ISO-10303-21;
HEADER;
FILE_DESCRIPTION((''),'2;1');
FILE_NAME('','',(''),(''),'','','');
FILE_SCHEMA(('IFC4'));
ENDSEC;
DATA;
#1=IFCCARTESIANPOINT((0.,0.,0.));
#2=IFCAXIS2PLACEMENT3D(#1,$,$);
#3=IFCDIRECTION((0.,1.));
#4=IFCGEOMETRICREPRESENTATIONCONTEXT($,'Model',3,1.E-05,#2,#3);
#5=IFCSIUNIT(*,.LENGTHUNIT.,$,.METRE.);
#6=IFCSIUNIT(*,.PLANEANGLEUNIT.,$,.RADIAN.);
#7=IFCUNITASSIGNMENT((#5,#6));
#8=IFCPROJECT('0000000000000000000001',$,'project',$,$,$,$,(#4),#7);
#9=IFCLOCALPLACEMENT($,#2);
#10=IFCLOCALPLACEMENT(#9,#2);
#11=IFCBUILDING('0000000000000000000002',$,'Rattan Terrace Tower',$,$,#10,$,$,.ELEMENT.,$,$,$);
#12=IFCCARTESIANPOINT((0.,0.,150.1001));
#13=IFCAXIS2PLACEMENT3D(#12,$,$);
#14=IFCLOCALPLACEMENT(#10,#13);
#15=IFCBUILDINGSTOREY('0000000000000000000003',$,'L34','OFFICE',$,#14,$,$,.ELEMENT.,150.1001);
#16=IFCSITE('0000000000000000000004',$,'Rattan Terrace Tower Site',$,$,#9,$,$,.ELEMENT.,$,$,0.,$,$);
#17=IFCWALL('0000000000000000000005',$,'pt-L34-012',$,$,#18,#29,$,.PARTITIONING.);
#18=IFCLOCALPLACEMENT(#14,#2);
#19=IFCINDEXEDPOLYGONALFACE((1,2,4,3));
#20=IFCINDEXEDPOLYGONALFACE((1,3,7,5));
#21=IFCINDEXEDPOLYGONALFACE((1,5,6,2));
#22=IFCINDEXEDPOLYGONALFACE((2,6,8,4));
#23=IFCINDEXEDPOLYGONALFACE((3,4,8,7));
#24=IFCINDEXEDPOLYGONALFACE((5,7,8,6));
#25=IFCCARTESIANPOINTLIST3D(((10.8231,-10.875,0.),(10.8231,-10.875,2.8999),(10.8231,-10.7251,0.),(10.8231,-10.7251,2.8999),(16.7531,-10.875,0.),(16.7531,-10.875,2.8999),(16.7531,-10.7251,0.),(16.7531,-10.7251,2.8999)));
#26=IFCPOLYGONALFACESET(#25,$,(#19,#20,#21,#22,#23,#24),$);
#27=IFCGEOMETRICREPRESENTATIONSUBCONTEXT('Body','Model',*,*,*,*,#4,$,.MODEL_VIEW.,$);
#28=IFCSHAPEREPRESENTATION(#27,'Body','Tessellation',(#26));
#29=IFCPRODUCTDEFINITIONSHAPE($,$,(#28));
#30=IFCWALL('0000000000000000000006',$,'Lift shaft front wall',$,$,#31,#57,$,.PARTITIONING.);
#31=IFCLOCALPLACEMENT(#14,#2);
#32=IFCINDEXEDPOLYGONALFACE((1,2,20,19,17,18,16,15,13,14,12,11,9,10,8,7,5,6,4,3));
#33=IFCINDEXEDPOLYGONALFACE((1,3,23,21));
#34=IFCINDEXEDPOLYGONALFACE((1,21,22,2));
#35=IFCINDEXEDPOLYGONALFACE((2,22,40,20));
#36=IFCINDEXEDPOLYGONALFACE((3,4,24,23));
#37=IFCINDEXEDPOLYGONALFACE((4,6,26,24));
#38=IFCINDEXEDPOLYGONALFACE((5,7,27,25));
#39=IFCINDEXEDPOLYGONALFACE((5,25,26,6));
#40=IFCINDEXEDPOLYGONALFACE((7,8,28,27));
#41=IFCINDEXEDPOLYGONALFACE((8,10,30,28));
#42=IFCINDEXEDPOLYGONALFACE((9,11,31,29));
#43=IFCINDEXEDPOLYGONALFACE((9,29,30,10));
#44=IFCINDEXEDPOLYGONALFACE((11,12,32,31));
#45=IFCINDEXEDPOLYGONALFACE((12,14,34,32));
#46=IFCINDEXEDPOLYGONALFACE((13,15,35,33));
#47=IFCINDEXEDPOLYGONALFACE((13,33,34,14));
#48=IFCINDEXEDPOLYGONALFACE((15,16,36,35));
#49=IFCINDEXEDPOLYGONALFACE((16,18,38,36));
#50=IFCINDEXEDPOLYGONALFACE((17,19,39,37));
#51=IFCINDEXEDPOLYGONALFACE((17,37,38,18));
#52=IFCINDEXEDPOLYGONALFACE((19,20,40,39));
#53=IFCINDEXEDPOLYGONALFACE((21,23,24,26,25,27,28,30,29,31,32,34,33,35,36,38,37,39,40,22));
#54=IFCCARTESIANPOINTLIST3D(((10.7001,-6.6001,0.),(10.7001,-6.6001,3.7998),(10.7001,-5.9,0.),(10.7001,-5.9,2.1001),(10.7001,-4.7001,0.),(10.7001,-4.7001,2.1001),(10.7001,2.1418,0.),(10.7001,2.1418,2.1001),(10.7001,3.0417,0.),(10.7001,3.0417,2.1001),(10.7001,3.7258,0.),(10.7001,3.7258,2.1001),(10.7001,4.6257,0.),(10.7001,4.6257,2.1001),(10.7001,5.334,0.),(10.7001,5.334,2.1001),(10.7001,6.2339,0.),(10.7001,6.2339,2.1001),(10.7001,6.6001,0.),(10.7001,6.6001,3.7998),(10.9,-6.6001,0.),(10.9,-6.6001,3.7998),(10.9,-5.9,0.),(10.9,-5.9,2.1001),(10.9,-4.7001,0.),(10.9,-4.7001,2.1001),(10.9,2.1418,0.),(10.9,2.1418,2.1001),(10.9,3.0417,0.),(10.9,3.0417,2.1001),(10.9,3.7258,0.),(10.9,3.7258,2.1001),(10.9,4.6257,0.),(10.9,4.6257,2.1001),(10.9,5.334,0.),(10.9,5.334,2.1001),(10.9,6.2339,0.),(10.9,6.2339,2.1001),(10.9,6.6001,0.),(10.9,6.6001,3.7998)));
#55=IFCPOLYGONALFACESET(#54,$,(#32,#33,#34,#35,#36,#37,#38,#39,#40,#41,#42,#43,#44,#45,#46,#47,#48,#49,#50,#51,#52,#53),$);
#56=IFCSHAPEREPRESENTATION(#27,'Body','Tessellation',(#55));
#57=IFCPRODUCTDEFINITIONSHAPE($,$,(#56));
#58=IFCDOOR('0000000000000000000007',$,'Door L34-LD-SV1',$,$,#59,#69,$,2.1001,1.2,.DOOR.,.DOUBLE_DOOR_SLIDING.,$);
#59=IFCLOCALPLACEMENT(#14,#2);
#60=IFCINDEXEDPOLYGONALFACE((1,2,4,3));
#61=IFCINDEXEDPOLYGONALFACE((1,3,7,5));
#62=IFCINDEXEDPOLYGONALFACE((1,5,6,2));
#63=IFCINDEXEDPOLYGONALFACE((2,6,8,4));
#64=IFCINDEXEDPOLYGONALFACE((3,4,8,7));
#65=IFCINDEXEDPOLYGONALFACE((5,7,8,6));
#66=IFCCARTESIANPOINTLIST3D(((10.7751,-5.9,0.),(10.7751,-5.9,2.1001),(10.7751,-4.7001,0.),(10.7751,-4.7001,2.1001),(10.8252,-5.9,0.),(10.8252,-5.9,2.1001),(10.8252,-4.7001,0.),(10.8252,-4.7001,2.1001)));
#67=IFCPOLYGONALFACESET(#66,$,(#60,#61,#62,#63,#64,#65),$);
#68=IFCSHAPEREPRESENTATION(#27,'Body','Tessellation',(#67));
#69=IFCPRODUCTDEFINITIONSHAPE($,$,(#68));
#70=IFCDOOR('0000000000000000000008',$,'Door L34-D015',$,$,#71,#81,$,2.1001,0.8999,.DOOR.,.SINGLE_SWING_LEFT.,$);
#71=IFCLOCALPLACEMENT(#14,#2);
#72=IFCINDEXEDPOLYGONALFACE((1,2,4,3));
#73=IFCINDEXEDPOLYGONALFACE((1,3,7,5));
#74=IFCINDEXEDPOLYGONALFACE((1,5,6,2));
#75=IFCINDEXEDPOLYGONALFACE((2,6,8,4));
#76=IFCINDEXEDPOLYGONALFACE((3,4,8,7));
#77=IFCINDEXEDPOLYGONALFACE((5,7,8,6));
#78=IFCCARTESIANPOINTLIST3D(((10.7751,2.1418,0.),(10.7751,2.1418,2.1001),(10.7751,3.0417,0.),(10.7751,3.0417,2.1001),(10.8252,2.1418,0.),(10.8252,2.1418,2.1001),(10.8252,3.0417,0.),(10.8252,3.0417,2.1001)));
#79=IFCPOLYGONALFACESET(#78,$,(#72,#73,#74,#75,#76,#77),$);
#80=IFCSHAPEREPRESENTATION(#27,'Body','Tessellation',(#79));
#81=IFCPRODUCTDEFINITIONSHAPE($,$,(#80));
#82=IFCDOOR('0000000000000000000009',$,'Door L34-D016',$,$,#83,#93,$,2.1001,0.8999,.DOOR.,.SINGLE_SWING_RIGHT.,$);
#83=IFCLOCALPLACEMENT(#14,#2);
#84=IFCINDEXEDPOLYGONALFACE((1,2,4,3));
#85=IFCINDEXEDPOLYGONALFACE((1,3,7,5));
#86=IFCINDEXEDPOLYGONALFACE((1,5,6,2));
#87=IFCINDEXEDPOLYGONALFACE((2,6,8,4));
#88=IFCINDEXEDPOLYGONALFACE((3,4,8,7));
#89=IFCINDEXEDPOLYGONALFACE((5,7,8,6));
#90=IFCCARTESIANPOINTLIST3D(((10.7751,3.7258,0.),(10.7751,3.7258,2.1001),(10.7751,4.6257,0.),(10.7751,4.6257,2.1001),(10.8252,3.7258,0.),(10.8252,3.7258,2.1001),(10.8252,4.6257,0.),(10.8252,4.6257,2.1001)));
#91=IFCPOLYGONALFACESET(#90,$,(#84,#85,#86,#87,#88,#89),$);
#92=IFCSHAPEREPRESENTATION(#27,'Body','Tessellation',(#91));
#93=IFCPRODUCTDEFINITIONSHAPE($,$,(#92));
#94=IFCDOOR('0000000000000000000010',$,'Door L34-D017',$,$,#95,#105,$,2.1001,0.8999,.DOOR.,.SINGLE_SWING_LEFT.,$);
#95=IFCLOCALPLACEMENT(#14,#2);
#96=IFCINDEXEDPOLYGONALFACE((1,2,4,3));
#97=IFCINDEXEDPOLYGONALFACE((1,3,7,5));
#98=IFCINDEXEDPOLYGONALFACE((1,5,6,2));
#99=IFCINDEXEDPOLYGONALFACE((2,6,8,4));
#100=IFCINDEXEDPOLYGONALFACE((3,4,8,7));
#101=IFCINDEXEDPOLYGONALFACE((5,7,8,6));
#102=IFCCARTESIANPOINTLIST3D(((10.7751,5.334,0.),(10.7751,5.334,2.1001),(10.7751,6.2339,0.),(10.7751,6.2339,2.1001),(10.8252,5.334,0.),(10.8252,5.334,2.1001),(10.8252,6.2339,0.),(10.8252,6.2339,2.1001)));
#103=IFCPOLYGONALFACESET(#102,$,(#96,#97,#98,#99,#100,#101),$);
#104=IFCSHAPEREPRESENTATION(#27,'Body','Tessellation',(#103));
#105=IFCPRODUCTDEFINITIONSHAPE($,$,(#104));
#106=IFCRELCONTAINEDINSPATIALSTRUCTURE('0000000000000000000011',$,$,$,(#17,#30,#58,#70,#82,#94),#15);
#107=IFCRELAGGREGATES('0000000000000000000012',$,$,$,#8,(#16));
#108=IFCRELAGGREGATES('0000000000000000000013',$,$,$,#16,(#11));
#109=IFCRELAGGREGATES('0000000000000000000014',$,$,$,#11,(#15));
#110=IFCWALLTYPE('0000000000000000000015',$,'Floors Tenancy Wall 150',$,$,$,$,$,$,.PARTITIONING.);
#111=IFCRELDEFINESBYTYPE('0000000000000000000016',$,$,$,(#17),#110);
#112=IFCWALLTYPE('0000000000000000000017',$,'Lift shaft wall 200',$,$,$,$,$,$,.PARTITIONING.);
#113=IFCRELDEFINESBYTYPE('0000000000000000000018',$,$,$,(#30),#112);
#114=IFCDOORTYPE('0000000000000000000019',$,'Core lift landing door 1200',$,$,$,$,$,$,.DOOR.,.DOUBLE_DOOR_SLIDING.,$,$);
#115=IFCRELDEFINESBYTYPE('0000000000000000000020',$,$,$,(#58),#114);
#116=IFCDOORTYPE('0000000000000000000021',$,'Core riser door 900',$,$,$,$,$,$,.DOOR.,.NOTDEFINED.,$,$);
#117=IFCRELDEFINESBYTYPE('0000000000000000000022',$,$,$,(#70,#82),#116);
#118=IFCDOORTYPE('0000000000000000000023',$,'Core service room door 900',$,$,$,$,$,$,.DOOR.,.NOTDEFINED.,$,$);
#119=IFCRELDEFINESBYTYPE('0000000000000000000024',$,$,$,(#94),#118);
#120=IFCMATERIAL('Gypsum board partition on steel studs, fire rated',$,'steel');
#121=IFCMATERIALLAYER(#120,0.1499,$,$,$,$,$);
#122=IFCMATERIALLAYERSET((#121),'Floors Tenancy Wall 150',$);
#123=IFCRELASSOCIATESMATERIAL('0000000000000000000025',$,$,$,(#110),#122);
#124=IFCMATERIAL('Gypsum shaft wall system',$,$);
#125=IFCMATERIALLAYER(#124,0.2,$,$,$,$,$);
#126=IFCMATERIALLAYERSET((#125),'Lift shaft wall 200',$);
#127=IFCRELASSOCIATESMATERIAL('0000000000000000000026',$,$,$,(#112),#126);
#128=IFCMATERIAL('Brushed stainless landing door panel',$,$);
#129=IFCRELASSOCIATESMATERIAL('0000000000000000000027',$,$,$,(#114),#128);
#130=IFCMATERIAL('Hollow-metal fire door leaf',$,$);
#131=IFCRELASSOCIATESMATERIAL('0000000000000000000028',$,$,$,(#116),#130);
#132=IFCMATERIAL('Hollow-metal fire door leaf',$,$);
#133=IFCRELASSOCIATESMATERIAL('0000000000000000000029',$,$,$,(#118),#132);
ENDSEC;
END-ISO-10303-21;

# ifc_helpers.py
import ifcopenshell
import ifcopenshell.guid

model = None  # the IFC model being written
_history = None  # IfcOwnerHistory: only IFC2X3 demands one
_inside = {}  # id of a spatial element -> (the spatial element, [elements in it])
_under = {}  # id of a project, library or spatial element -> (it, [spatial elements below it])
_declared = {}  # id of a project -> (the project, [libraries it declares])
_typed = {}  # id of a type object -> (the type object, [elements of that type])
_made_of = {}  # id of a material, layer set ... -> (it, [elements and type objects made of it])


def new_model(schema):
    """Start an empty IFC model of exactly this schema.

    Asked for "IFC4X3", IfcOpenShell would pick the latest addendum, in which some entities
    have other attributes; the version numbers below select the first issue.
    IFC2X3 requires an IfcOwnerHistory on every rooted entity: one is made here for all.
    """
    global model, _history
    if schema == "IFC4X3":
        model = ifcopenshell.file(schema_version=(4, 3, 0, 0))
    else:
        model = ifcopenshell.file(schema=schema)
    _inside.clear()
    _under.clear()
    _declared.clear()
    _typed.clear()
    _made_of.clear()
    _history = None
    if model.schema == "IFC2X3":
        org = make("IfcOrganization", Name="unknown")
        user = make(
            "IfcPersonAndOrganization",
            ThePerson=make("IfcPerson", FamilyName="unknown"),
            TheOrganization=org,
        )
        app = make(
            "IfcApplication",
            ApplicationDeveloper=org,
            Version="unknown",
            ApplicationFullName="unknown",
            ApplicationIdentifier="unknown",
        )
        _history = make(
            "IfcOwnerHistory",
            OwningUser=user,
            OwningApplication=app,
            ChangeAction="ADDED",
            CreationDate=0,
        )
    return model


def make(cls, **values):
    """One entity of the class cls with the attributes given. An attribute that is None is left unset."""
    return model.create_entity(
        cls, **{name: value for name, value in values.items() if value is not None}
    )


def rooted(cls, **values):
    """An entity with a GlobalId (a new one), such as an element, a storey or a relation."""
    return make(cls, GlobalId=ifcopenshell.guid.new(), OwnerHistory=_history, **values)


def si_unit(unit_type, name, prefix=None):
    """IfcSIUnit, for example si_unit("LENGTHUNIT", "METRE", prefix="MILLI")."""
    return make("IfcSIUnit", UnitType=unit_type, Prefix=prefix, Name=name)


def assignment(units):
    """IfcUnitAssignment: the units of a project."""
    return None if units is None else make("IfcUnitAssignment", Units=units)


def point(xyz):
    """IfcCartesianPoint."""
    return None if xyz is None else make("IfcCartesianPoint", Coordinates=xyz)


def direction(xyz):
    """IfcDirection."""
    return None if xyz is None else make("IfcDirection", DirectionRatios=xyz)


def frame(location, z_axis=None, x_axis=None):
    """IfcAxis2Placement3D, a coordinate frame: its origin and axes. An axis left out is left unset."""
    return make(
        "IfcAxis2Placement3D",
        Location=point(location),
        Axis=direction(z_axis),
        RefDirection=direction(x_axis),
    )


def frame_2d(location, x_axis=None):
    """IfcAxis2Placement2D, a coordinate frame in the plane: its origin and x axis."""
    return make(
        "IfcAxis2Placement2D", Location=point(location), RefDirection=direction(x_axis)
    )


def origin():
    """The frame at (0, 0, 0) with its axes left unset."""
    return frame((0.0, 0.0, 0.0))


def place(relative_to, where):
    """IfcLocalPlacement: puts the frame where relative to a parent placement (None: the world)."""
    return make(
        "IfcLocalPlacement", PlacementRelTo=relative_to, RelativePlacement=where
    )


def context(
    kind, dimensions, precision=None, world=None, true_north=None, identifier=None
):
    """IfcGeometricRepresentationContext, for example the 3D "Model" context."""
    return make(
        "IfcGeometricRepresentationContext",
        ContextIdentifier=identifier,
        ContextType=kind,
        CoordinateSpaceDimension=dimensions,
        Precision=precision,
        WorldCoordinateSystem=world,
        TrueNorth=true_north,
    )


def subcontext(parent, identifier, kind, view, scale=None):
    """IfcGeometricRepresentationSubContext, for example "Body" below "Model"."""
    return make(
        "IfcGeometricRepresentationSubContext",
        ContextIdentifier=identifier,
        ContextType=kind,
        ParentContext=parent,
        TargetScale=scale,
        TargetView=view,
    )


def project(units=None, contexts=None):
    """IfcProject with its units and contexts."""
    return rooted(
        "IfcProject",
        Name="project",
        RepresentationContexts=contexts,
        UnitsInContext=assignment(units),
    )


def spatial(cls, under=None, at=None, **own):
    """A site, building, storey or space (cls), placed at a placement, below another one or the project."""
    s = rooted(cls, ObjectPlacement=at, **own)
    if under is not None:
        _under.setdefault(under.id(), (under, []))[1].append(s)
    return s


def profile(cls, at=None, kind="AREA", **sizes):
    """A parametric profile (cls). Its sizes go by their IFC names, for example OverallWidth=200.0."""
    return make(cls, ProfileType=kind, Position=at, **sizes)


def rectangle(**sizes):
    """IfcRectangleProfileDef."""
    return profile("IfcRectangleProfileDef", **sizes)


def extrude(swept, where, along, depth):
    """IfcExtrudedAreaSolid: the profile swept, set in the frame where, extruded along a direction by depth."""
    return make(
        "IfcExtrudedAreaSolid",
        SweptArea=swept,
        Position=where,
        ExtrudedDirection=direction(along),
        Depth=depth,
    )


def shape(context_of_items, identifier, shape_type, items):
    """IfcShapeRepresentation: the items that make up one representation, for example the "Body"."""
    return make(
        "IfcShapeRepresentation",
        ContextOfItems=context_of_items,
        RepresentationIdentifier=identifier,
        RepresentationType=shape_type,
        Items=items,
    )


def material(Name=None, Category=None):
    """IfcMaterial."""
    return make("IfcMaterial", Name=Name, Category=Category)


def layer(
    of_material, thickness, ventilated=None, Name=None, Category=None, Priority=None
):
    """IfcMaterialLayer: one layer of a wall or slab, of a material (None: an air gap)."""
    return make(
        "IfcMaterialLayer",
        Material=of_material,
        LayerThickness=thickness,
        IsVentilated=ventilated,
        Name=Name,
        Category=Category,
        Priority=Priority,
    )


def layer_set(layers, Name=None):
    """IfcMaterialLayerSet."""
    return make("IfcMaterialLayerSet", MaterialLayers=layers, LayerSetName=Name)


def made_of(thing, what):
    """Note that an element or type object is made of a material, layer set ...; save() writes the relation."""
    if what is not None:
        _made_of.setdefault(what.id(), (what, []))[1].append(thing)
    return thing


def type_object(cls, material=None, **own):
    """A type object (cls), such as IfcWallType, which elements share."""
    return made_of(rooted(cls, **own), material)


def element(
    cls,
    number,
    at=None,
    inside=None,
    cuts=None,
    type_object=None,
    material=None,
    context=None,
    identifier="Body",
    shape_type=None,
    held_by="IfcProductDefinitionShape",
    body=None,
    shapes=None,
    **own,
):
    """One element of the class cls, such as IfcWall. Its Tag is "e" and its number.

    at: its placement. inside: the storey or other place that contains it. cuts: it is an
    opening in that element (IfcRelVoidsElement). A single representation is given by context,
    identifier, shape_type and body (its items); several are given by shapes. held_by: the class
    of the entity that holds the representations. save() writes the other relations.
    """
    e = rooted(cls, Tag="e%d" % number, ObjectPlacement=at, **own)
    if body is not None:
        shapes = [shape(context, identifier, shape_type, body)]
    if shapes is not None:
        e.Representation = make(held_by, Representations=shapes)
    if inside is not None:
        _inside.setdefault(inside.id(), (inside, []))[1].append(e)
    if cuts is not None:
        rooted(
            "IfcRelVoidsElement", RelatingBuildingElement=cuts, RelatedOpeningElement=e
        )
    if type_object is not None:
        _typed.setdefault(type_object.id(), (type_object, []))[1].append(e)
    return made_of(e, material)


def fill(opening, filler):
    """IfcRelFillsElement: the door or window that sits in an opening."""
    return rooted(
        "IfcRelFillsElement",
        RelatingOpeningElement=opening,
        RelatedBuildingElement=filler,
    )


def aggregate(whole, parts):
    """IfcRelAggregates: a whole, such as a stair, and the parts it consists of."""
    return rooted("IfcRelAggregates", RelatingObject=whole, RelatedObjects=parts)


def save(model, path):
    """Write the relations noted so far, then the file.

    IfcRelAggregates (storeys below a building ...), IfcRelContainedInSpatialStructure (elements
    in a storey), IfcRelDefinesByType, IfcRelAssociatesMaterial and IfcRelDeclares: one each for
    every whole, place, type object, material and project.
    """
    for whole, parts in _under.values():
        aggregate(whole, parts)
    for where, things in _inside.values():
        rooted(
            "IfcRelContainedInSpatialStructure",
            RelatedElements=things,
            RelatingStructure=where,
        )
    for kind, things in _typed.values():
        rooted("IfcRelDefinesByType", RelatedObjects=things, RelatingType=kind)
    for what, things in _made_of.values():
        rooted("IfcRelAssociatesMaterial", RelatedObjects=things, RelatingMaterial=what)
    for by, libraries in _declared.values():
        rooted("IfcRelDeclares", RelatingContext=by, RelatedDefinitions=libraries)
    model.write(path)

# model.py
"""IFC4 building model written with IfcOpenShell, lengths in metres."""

from ifc_helpers import new_model, si_unit, direction, frame, frame_2d, origin, place, context, subcontext, project, spatial, rectangle, extrude, material, layer, layer_set, type_object, element, fill, save


model = new_model("IFC4")

# Units and contexts
model_context = context("Model", 3, precision=1e-05, world=origin(), true_north=direction((0.0, 1.0)))
body_context = subcontext(model_context, "Body", "Model", "MODEL_VIEW")
ifc_project = project(units=[si_unit("LENGTHUNIT", "METRE"), si_unit("PLANEANGLEUNIT", "RADIAN")], contexts=[model_context])

# Site, building, storey
site_placement = place(None, origin())
site = spatial("IfcSite", under=ifc_project, at=site_placement, Name="Rattan Terrace Tower Site", CompositionType="ELEMENT", RefElevation=0.0)
building_placement = place(site_placement, origin())
building = spatial("IfcBuilding", under=site, at=building_placement, Name="Rattan Terrace Tower", CompositionType="ELEMENT")
storey_placement = place(building_placement, frame((0.0, 0.0, 150.1001)))
storey = spatial("IfcBuildingStorey", under=building, at=storey_placement, Name="L34", Description="OFFICE", CompositionType="ELEMENT", Elevation=150.1001)

# Wall
ifc_material_1 = material(Name="Gypsum board partition on steel studs, fire rated", Category="steel")
ifc_layer_1 = layer(ifc_material_1, 0.1499)
ifc_layer_set_1 = layer_set([ifc_layer_1], Name="Floors Tenancy Wall 150")
wall_type_1 = type_object("IfcWallType", Name="Floors Tenancy Wall 150", PredefinedType="PARTITIONING", material=ifc_layer_set_1)
wall_1_placement = place(storey_placement, frame((16.7529, -10.8, 0.0), z_axis=(0.0, 0.0, 1.0), x_axis=(-1.0, 0.0, 0.0)))
element("IfcWall", 1, at=wall_1_placement, inside=storey, type_object=wall_type_1, Name="pt-L34-012", PredefinedType="PARTITIONING", context=body_context, shape_type="SweptSolid", body=[
    extrude(rectangle(XDim=5.9299, YDim=0.1499, at=frame_2d((2.9648, 0.0))), origin(), (0.0, 0.0, 1.0), 2.8999),
])

# Wall, openings, doors
ifc_material_2 = material(Name="Gypsum shaft wall system")
ifc_layer_2 = layer(ifc_material_2, 0.2)
ifc_layer_set_2 = layer_set([ifc_layer_2], Name="Lift shaft wall 200")
wall_type_2 = type_object("IfcWallType", Name="Lift shaft wall 200", PredefinedType="PARTITIONING", material=ifc_layer_set_2)
wall_2_placement = place(storey_placement, frame((10.8, -6.6001, 0.0), z_axis=(0.0, 0.0, 1.0), x_axis=(0.0, 1.0, 0.0)))
wall_2 = element("IfcWall", 2, at=wall_2_placement, inside=storey, type_object=wall_type_2, Name="Lift shaft front wall", PredefinedType="PARTITIONING", context=body_context, shape_type="SweptSolid", body=[
    extrude(rectangle(XDim=13.2002, YDim=0.2, at=frame_2d((6.6001, 0.0))), origin(), (0.0, 0.0, 1.0), 3.7998),
])
opening_1_placement = place(wall_2_placement, frame((0.7, 0.0, 0.0)))
opening_1 = element("IfcOpeningElement", 3, at=opening_1_placement, cuts=wall_2, PredefinedType="OPENING", context=body_context, shape_type="SweptSolid", body=[
    extrude(rectangle(XDim=1.2, YDim=2.1001, at=frame_2d((0.6001, 1.05))), frame((0.0, 0.1106, 0.0), z_axis=(0.0, -1.0, 0.0), x_axis=(1.0, 0.0, 0.0)), (0.0, 0.0, 1.0), 0.2209),
])
opening_2_placement = place(wall_2_placement, frame((8.7419, 0.0, 0.0)))
opening_2 = element("IfcOpeningElement", 4, at=opening_2_placement, cuts=wall_2, PredefinedType="OPENING", context=body_context, shape_type="SweptSolid", body=[
    extrude(rectangle(XDim=0.8999, YDim=2.1001, at=frame_2d((0.45, 1.05))), frame((0.0, 0.1106, 0.0), z_axis=(0.0, -1.0, 0.0), x_axis=(1.0, 0.0, 0.0)), (0.0, 0.0, 1.0), 0.2209),
])
opening_3_placement = place(wall_2_placement, frame((10.3259, 0.0, 0.0)))
opening_3 = element("IfcOpeningElement", 5, at=opening_3_placement, cuts=wall_2, PredefinedType="OPENING", context=body_context, shape_type="SweptSolid", body=[
    extrude(rectangle(XDim=0.8999, YDim=2.1001, at=frame_2d((0.45, 1.05))), frame((0.0, 0.1106, 0.0), z_axis=(0.0, -1.0, 0.0), x_axis=(1.0, 0.0, 0.0)), (0.0, 0.0, 1.0), 0.2209),
])
opening_4_placement = place(wall_2_placement, frame((11.9341, 0.0, 0.0)))
opening_4 = element("IfcOpeningElement", 6, at=opening_4_placement, cuts=wall_2, PredefinedType="OPENING", context=body_context, shape_type="SweptSolid", body=[
    extrude(rectangle(XDim=0.8999, YDim=2.1001, at=frame_2d((0.45, 1.05))), frame((0.0, 0.1106, 0.0), z_axis=(0.0, -1.0, 0.0), x_axis=(1.0, 0.0, 0.0)), (0.0, 0.0, 1.0), 0.2209),
])
ifc_material_3 = material(Name="Brushed stainless landing door panel")
door_type_1 = type_object("IfcDoorType", Name="Core lift landing door 1200", OperationType="DOUBLE_DOOR_SLIDING", PredefinedType="DOOR", material=ifc_material_3)
door_1_placement = place(opening_1_placement, origin())
door_1 = element("IfcDoor", 7, at=door_1_placement, inside=storey, type_object=door_type_1, Name="Door L34-LD-SV1", OperationType="DOUBLE_DOOR_SLIDING", OverallHeight=2.1001, OverallWidth=1.2, PredefinedType="DOOR", context=body_context, shape_type="SweptSolid", body=[
    extrude(rectangle(XDim=1.2, YDim=2.1001, at=frame_2d((0.6001, 1.05))), frame((0.0, 0.0249, 0.0), z_axis=(0.0, -1.0, 0.0), x_axis=(1.0, 0.0, 0.0)), (0.0, 0.0, 1.0), 0.05),
])
fill(opening_1, door_1)
ifc_material_4 = material(Name="Hollow-metal fire door leaf")
door_type_2 = type_object("IfcDoorType", Name="Core riser door 900", OperationType="NOTDEFINED", PredefinedType="DOOR", material=ifc_material_4)
door_2_placement = place(opening_2_placement, origin())
door_2 = element("IfcDoor", 8, at=door_2_placement, inside=storey, type_object=door_type_2, Name="Door L34-D015", OperationType="SINGLE_SWING_LEFT", OverallHeight=2.1001, OverallWidth=0.8999, PredefinedType="DOOR", context=body_context, shape_type="SweptSolid", body=[
    extrude(rectangle(XDim=0.8999, YDim=2.1001, at=frame_2d((0.45, 1.05))), frame((0.0, 0.0249, 0.0), z_axis=(0.0, -1.0, 0.0), x_axis=(1.0, 0.0, 0.0)), (0.0, 0.0, 1.0), 0.05),
])
fill(opening_2, door_2)
door_3_placement = place(opening_3_placement, origin())
door_3 = element("IfcDoor", 9, at=door_3_placement, inside=storey, type_object=door_type_2, Name="Door L34-D016", OperationType="SINGLE_SWING_RIGHT", OverallHeight=2.1001, OverallWidth=0.8999, PredefinedType="DOOR", context=body_context, shape_type="SweptSolid", body=[
    extrude(rectangle(XDim=0.8999, YDim=2.1001, at=frame_2d((0.45, 1.05))), frame((0.0, 0.0249, 0.0), z_axis=(0.0, -1.0, 0.0), x_axis=(1.0, 0.0, 0.0)), (0.0, 0.0, 1.0), 0.05),
])
fill(opening_3, door_3)
ifc_material_5 = material(Name="Hollow-metal fire door leaf")
door_type_3 = type_object("IfcDoorType", Name="Core service room door 900", OperationType="NOTDEFINED", PredefinedType="DOOR", material=ifc_material_5)
door_4_placement = place(opening_4_placement, origin())
door_4 = element("IfcDoor", 10, at=door_4_placement, inside=storey, type_object=door_type_3, Name="Door L34-D017", OperationType="SINGLE_SWING_LEFT", OverallHeight=2.1001, OverallWidth=0.8999, PredefinedType="DOOR", context=body_context, shape_type="SweptSolid", body=[
    extrude(rectangle(XDim=0.8999, YDim=2.1001, at=frame_2d((0.45, 1.05))), frame((0.0, 0.0249, 0.0), z_axis=(0.0, -1.0, 0.0), x_axis=(1.0, 0.0, 0.0)), (0.0, 0.0, 1.0), 0.05),
])
fill(opening_4, door_4)

save(model, "model.ifc")
